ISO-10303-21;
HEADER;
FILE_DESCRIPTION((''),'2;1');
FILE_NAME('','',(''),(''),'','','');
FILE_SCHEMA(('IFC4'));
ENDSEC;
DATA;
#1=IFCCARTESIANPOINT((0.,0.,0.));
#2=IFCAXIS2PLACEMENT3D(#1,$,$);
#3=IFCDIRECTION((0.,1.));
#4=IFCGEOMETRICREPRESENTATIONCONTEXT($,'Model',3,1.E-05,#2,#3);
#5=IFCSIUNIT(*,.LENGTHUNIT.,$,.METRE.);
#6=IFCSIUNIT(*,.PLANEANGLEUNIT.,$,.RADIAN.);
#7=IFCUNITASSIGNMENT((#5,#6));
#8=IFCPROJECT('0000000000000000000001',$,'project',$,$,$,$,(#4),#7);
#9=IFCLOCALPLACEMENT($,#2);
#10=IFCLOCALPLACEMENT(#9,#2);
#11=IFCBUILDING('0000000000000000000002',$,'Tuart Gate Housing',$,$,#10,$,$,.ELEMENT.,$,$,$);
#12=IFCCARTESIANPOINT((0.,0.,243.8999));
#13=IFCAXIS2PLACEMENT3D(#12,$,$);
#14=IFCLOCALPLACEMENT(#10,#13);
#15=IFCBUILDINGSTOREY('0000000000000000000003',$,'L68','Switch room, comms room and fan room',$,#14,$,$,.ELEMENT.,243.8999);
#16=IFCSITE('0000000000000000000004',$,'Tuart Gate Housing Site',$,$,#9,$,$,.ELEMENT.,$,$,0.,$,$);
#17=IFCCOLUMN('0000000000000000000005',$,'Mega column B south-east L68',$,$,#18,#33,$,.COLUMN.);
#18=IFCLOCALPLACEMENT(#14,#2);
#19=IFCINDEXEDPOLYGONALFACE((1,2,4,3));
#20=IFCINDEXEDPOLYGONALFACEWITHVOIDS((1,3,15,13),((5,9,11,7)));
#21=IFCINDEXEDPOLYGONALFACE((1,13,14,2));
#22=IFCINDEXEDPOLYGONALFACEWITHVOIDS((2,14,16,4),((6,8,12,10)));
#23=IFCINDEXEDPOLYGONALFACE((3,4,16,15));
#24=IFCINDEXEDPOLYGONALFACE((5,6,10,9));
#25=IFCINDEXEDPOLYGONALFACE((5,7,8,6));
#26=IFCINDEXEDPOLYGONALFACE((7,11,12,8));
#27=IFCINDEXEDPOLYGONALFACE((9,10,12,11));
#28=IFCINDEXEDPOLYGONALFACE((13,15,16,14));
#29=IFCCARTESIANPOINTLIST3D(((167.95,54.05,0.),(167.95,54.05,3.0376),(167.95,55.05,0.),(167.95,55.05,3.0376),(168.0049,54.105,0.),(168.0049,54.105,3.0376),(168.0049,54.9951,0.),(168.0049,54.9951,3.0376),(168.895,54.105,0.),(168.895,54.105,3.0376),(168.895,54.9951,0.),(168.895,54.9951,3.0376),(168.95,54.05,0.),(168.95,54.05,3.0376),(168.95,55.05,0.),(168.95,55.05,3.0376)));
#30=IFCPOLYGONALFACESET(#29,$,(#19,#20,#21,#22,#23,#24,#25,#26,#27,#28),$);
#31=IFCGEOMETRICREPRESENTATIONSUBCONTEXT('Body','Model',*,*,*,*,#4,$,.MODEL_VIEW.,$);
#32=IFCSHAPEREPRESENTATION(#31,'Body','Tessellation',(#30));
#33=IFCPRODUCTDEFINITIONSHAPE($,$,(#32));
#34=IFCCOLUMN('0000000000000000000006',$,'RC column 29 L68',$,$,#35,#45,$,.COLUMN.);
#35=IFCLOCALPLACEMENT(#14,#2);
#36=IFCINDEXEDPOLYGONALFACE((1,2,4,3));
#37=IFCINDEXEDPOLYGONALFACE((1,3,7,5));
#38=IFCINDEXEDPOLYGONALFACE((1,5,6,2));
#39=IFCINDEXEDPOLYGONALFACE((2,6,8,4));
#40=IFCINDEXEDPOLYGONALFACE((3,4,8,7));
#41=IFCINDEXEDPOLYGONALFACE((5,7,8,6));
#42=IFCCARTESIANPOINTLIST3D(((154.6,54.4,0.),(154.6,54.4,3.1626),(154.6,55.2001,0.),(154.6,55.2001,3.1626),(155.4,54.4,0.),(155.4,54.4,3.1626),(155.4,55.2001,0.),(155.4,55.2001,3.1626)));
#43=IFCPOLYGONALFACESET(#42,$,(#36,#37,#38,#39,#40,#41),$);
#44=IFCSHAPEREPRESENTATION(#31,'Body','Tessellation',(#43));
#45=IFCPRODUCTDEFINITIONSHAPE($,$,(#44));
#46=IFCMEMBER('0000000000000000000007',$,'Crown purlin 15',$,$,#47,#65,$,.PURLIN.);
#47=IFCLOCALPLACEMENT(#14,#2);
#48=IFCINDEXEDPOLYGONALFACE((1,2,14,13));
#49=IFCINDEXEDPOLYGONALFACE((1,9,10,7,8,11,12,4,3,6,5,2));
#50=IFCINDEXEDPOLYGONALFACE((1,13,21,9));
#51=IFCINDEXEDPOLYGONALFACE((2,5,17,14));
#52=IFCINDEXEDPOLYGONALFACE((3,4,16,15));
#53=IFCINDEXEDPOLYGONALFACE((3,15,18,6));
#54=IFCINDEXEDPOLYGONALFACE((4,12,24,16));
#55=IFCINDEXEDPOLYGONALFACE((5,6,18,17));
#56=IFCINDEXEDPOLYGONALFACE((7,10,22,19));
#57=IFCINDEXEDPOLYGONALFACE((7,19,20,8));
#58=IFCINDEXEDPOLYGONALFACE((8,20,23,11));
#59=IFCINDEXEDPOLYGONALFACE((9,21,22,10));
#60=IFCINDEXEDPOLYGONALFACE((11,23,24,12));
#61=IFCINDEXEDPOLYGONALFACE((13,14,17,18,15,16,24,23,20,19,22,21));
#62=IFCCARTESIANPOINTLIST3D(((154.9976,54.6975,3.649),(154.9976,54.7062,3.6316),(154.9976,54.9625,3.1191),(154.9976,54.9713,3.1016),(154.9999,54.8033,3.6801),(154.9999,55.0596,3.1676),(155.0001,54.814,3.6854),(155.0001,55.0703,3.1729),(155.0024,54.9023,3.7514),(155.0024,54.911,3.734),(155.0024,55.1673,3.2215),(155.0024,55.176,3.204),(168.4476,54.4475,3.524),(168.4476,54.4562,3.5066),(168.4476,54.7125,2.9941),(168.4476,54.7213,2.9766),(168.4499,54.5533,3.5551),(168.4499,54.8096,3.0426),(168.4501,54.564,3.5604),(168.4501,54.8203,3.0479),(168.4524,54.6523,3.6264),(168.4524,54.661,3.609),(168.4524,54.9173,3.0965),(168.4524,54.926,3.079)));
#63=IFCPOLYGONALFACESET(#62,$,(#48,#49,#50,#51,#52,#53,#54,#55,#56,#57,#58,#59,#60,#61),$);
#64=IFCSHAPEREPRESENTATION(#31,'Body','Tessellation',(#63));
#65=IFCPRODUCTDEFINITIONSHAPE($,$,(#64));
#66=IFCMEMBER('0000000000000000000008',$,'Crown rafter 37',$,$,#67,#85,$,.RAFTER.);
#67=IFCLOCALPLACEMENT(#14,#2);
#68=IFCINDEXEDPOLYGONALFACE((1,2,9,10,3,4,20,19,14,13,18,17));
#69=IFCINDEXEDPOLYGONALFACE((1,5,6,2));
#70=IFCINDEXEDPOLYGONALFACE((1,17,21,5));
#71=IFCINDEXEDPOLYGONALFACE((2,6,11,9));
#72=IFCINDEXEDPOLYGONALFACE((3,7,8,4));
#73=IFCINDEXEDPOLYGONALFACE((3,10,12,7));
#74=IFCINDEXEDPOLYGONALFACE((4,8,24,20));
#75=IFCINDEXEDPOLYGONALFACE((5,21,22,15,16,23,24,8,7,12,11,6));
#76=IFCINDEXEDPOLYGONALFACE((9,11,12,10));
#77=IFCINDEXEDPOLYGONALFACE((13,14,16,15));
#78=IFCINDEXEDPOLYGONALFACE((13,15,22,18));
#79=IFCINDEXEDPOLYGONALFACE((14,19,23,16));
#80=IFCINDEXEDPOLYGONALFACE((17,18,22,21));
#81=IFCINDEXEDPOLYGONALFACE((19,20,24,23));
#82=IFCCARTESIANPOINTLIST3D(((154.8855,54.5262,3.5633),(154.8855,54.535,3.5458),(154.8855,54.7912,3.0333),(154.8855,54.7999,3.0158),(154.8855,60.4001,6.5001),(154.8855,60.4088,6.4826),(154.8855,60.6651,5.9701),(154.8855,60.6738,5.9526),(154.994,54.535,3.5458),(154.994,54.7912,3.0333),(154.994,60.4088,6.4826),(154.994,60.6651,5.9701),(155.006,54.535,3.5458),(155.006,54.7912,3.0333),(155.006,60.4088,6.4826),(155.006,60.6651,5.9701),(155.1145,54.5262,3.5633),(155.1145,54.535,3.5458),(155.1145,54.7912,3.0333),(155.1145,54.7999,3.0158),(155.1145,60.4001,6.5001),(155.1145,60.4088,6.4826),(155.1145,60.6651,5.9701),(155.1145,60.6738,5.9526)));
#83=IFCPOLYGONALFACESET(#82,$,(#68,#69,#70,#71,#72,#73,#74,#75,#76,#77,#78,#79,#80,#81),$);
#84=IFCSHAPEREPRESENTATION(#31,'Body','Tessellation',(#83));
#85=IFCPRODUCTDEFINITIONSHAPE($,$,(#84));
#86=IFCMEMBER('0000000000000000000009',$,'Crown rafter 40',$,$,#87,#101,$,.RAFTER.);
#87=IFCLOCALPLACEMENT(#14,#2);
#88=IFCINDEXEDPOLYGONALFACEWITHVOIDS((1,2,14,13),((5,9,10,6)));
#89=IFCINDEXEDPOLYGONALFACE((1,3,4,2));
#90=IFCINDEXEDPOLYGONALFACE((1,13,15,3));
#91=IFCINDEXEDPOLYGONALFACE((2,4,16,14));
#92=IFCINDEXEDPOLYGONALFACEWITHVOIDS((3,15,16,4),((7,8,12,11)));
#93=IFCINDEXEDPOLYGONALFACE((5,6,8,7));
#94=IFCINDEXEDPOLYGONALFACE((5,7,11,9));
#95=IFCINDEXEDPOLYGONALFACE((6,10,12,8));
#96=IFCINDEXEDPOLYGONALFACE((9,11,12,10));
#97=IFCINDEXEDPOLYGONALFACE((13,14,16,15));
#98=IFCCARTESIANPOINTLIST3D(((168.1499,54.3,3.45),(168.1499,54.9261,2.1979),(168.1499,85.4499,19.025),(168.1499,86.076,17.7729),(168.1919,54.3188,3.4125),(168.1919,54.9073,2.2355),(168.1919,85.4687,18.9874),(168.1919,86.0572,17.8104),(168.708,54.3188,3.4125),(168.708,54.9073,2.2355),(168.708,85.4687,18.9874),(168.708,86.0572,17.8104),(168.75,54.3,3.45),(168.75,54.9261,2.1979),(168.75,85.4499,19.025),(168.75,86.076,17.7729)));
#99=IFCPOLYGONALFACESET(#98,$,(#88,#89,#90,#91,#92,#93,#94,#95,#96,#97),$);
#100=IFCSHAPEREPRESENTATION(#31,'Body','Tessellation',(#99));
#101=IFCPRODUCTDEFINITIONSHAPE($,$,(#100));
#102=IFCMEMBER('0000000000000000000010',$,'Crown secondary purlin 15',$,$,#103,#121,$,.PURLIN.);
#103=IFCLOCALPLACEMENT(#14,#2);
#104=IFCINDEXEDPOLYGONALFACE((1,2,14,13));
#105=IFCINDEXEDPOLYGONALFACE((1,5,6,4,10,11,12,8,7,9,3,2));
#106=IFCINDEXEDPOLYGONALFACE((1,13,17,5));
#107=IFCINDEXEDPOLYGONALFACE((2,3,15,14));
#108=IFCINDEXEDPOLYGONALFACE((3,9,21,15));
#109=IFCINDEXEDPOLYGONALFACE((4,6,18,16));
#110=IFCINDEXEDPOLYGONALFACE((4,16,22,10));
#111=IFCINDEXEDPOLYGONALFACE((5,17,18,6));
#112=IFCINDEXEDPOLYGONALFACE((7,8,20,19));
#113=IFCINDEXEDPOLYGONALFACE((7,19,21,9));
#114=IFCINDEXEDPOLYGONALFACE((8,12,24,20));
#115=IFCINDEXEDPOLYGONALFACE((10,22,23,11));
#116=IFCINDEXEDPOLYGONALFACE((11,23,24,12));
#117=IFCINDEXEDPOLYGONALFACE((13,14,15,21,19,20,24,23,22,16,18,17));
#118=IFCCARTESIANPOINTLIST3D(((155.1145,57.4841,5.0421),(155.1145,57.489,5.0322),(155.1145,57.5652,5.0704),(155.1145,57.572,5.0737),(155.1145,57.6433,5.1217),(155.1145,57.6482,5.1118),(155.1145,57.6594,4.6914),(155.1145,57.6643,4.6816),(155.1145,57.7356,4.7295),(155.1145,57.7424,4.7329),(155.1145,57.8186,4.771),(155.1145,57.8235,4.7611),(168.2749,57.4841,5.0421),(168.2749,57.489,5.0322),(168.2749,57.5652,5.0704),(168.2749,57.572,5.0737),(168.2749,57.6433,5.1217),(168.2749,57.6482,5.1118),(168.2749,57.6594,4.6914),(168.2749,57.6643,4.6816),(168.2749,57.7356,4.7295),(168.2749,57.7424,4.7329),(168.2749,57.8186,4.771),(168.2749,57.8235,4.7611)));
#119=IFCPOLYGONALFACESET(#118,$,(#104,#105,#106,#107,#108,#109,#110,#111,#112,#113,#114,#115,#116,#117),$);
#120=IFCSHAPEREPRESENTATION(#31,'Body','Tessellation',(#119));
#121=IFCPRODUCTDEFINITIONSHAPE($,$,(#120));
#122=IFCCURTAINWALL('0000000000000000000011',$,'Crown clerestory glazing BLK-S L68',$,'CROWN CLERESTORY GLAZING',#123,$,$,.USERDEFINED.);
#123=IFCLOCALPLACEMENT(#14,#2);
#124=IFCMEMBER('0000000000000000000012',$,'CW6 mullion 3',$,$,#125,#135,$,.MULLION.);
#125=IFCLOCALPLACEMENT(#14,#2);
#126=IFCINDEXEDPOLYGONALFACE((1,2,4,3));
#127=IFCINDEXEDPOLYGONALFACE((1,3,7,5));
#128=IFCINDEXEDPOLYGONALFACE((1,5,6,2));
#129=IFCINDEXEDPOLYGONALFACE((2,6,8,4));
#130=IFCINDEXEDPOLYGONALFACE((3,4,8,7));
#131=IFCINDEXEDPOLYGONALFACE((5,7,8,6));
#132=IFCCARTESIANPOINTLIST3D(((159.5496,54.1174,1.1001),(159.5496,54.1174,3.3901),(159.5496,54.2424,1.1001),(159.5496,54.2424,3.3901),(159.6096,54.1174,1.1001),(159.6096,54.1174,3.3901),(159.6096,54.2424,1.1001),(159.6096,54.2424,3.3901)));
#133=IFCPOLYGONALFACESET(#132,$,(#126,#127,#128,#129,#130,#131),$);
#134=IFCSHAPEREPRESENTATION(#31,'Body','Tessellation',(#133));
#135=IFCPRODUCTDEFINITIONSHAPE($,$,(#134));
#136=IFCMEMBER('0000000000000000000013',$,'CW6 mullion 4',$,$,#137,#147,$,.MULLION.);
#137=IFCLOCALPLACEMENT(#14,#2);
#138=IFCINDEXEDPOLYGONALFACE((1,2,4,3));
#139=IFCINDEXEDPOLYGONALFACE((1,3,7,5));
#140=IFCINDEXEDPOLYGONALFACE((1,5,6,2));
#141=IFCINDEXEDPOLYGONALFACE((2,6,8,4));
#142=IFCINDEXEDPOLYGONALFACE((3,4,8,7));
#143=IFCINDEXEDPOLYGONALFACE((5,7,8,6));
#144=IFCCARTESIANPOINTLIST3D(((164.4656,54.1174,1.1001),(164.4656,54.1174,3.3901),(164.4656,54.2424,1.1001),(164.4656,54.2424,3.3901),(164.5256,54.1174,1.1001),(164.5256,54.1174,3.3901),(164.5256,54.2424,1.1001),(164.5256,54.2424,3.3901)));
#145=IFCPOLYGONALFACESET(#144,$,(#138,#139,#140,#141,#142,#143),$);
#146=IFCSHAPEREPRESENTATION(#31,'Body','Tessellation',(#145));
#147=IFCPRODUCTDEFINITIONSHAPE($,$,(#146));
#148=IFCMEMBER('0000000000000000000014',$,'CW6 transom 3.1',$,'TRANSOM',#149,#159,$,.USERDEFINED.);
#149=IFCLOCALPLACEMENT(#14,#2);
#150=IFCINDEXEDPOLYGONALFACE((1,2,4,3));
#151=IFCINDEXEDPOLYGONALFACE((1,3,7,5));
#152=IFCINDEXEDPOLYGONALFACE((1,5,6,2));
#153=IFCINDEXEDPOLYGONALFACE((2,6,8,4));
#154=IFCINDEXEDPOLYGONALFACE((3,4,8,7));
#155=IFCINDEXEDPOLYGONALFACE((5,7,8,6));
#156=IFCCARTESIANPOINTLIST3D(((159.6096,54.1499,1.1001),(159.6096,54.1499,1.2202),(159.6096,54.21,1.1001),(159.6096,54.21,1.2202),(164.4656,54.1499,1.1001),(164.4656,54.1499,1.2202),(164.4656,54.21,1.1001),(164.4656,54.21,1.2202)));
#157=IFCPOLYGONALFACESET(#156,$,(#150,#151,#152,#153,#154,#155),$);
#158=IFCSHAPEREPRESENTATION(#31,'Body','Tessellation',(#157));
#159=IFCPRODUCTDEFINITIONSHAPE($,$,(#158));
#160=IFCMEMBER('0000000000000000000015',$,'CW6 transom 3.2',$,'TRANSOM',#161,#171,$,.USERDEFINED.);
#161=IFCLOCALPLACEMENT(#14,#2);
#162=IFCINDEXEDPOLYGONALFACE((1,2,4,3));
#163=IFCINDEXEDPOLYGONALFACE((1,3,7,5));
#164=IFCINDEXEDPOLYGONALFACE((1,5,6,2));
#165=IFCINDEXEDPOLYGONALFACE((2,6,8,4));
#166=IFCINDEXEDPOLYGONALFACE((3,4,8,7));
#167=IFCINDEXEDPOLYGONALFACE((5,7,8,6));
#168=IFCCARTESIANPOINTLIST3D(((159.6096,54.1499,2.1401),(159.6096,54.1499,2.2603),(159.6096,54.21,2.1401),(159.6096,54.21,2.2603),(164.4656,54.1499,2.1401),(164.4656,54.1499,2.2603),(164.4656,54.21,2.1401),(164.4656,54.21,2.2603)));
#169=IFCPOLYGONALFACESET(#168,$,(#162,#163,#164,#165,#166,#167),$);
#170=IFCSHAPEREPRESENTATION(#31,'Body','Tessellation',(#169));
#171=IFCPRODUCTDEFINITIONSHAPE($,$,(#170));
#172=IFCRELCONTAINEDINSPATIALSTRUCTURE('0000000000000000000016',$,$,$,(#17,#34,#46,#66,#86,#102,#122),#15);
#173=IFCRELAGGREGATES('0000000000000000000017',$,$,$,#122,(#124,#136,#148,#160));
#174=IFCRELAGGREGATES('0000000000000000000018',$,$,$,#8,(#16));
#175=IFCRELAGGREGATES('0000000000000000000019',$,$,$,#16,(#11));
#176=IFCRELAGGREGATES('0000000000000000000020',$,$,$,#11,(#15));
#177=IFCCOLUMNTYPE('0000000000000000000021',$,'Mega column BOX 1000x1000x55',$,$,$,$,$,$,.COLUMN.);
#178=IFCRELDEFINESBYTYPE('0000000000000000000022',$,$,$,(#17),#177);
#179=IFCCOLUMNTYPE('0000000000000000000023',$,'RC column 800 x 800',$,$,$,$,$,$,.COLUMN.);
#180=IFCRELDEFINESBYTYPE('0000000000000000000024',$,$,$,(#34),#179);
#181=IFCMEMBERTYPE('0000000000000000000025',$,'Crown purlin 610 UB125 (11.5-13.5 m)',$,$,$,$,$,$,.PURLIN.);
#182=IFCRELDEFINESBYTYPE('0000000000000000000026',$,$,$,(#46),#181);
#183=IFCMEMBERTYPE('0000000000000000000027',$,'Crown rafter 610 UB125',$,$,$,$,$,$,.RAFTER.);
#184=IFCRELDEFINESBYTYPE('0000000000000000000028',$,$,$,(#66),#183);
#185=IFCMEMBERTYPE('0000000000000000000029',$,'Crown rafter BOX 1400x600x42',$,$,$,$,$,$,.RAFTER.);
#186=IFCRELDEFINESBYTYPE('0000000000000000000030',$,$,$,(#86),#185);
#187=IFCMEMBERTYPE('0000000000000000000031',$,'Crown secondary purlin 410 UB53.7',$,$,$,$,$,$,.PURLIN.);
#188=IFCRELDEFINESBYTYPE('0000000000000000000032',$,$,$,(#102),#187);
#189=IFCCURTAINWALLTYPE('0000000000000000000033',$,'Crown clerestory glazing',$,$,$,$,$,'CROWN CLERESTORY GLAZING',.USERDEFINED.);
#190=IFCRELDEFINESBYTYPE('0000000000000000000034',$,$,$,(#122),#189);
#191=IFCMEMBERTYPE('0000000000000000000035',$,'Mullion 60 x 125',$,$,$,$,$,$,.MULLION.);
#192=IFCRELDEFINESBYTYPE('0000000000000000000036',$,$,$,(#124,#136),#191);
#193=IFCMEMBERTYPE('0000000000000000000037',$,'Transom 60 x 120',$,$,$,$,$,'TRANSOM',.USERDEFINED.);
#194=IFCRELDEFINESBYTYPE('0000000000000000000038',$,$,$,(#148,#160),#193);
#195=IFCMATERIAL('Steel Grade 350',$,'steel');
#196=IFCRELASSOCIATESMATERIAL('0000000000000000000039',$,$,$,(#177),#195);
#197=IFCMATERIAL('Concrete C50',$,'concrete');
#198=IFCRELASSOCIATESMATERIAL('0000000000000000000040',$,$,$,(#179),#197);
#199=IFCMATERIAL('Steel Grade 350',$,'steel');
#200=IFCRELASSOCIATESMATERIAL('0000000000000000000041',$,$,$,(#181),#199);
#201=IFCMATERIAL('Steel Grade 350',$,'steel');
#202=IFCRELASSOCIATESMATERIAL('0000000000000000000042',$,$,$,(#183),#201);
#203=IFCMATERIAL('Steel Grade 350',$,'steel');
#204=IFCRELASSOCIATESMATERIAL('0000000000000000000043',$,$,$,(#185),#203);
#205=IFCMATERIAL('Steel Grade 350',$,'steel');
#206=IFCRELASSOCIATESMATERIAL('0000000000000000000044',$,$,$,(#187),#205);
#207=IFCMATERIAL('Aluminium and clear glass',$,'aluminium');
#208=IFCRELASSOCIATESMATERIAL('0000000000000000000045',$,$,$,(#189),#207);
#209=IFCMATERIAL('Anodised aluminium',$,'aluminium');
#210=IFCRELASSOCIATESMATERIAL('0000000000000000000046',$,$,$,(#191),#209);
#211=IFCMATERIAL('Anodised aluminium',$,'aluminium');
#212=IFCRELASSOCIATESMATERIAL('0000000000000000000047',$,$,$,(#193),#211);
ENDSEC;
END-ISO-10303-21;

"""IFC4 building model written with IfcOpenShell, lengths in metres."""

from ifc_helpers import new_model, si_unit, direction, frame, origin, origin_2d, place, context, subcontext, project, spatial, rectangle, hollow_rectangle, i_section, extrude, material, material_profile, profile_set, type_object, element, aggregate, save


model = new_model("IFC4")

# Units and contexts
model_context = context("Model", 3, precision=1e-05, world=origin(), true_north=direction((0.0, 1.0)))
body_context = subcontext(model_context, "Body", "Model", "MODEL_VIEW")
ifc_project = project(units=[si_unit("LENGTHUNIT", "METRE"), si_unit("PLANEANGLEUNIT", "RADIAN")], contexts=[model_context])

# Site, building, storey
site_placement = place(None, origin())
site = spatial("IfcSite", under=ifc_project, at=site_placement, Name="Tuart Gate Housing Site", CompositionType="ELEMENT", RefElevation=0.0)
building_placement = place(site_placement, origin())
building = spatial("IfcBuilding", under=site, at=building_placement, Name="Tuart Gate Housing", CompositionType="ELEMENT")
storey_placement = place(building_placement, frame((0.0, 0.0, 243.8999)))
storey = spatial("IfcBuildingStorey", under=building, at=storey_placement, Name="L68", Description="Switch room, comms room and fan room", CompositionType="ELEMENT", Elevation=243.8999)

# Columns
ifc_material_1 = material(Name="Steel Grade 350", Category="steel")
ifc_material_profile_1 = material_profile(ifc_material_1, hollow_rectangle(XDim=1.0, YDim=1.0, WallThickness=0.0549, at=origin_2d()), Name="BOX 1000x1000x55")
ifc_profile_set_1 = profile_set([ifc_material_profile_1], Name="Steel Grade 350")
column_type_1 = type_object("IfcColumnType", Name="Mega column BOX 1000x1000x55", PredefinedType="COLUMN", material=ifc_profile_set_1)
column_1_placement = place(storey_placement, frame((168.45, 54.55, 0.0), z_axis=(0.0, 0.0, 1.0), x_axis=(1.0, 0.0, 0.0)))
element("IfcColumn", 1, at=column_1_placement, inside=storey, type_object=column_type_1, Name="Mega column B south-east L68", PredefinedType="COLUMN", context=body_context, shape_type="SweptSolid", body=[
    extrude(hollow_rectangle(XDim=1.0, YDim=1.0, WallThickness=0.0549, at=origin_2d()), origin(), (0.0, 0.0, 1.0), 3.0376),
])
ifc_material_2 = material(Name="Concrete C50", Category="concrete")
ifc_material_profile_2 = material_profile(ifc_material_2, rectangle(XDim=0.8, YDim=0.8, at=origin_2d()), Name="RC column 800 x 800")
ifc_profile_set_2 = profile_set([ifc_material_profile_2], Name="Concrete C50")
column_type_2 = type_object("IfcColumnType", Name="RC column 800 x 800", PredefinedType="COLUMN", material=ifc_profile_set_2)
column_2_placement = place(storey_placement, frame((155.0, 54.8, 0.0), z_axis=(0.0, 0.0, 1.0), x_axis=(1.0, 0.0, 0.0)))
element("IfcColumn", 2, at=column_2_placement, inside=storey, type_object=column_type_2, Name="RC column 29 L68", PredefinedType="COLUMN", context=body_context, shape_type="SweptSolid", body=[
    extrude(rectangle(XDim=0.8, YDim=0.8, at=origin_2d()), origin(), (0.0, 0.0, 1.0), 3.1626),
])

# Members
ifc_material_3 = material(Name="Steel Grade 350", Category="steel")
ifc_material_profile_3 = material_profile(ifc_material_3, i_section(OverallWidth=0.229, OverallDepth=0.6121, WebThickness=0.012, FlangeThickness=0.0195, at=origin_2d()), Name="610UB125")
ifc_profile_set_3 = profile_set([ifc_material_profile_3], Name="Steel Grade 350")
member_type_1 = type_object("IfcMemberType", Name="Crown purlin 610 UB125 (11.5-13.5 m)", PredefinedType="PURLIN", material=ifc_profile_set_3)
member_1_placement = place(storey_placement, frame((155.0, 54.9368, 3.4265), z_axis=(0.999784, -0.018583, -0.009292), x_axis=(0.020777, 0.894195, 0.447195)))
element("IfcMember", 3, at=member_1_placement, inside=storey, type_object=member_type_1, Name="Crown purlin 15", PredefinedType="PURLIN", context=body_context, shape_type="SweptSolid", body=[
    extrude(i_section(OverallWidth=0.229, OverallDepth=0.6121, WebThickness=0.012, FlangeThickness=0.0195, at=origin_2d()), origin(), (0.0, 0.0, 1.0), 13.4529),
])
ifc_material_4 = material(Name="Steel Grade 350", Category="steel")
ifc_material_profile_4 = material_profile(ifc_material_4, i_section(OverallWidth=0.229, OverallDepth=0.6121, WebThickness=0.012, FlangeThickness=0.0195, at=origin_2d()), Name="610UB125")
ifc_profile_set_4 = profile_set([ifc_material_profile_4], Name="Steel Grade 350")
member_type_2 = type_object("IfcMemberType", Name="Crown rafter 610 UB125", PredefinedType="RAFTER", material=ifc_profile_set_4)
member_2_placement = place(storey_placement, frame((155.0, 54.6631, 3.2896), z_axis=(0.0, 0.894435, 0.447199), x_axis=(-1.0, 0.0, 0.0)))
element("IfcMember", 4, at=member_2_placement, inside=storey, type_object=member_type_2, Name="Crown rafter 37", PredefinedType="RAFTER", context=body_context, shape_type="SweptSolid", body=[
    extrude(i_section(OverallWidth=0.229, OverallDepth=0.6121, WebThickness=0.012, FlangeThickness=0.0195, at=origin_2d()), origin(), (0.0, 0.0, 1.0), 6.5671),
])
ifc_material_5 = material(Name="Steel Grade 350", Category="steel")
ifc_material_profile_5 = material_profile(ifc_material_5, hollow_rectangle(XDim=0.6001, YDim=1.3999, WallThickness=0.042, at=origin_2d()), Name="BOX 1400x600x42")
ifc_profile_set_5 = profile_set([ifc_material_profile_5], Name="Steel Grade 350")
member_type_3 = type_object("IfcMemberType", Name="Crown rafter BOX 1400x600x42", PredefinedType="RAFTER", material=ifc_profile_set_5)
member_3_placement = place(storey_placement, frame((168.45, 54.613, 2.824), z_axis=(0.0, 0.894427, 0.447214), x_axis=(-1.0, 0.0, 0.0)))
element("IfcMember", 5, at=member_3_placement, inside=storey, type_object=member_type_3, Name="Crown rafter 40", PredefinedType="RAFTER", context=body_context, shape_type="SweptSolid", body=[
    extrude(hollow_rectangle(XDim=0.6001, YDim=1.3999, WallThickness=0.042, at=origin_2d()), origin(), (0.0, 0.0, 1.0), 34.8267),
])
ifc_material_6 = material(Name="Steel Grade 350", Category="steel")
ifc_material_profile_6 = material_profile(ifc_material_6, i_section(OverallWidth=0.178, OverallDepth=0.4031, WebThickness=0.0076, FlangeThickness=0.011, at=origin_2d()), Name="410UB53.7")
ifc_profile_set_6 = profile_set([ifc_material_profile_6], Name="Steel Grade 350")
member_type_4 = type_object("IfcMemberType", Name="Crown secondary purlin 410 UB53.7", PredefinedType="PURLIN", material=ifc_profile_set_6)
member_4_placement = place(storey_placement, frame((155.1145, 57.6538, 4.9016), z_axis=(1.0, 0.0, 0.0), x_axis=(0.0, 0.894427, 0.447214)))
element("IfcMember", 6, at=member_4_placement, inside=storey, type_object=member_type_4, Name="Crown secondary purlin 15", PredefinedType="PURLIN", context=body_context, shape_type="SweptSolid", body=[
    extrude(i_section(OverallWidth=0.178, OverallDepth=0.4031, WebThickness=0.0076, FlangeThickness=0.011, at=origin_2d()), origin(), (0.0, 0.0, 1.0), 13.1604),
])

# Curtain wall, members
ifc_material_7 = material(Name="Aluminium and clear glass", Category="aluminium")
curtain_wall_type = type_object("IfcCurtainWallType", Name="Crown clerestory glazing", ElementType="CROWN CLERESTORY GLAZING", PredefinedType="USERDEFINED", material=ifc_material_7)
curtain_wall_placement = place(storey_placement, origin())
curtain_wall = element("IfcCurtainWall", 7, at=curtain_wall_placement, inside=storey, type_object=curtain_wall_type, Name="Crown clerestory glazing BLK-S L68", ObjectType="CROWN CLERESTORY GLAZING", PredefinedType="USERDEFINED")
ifc_material_8 = material(Name="Anodised aluminium", Category="aluminium")
ifc_material_profile_7 = material_profile(ifc_material_8, rectangle(XDim=0.0601, YDim=0.125, at=origin_2d()), Name="60x125")
ifc_profile_set_7 = profile_set([ifc_material_profile_7], Name="Anodised aluminium")
member_type_5 = type_object("IfcMemberType", Name="Mullion 60 x 125", PredefinedType="MULLION", material=ifc_profile_set_7)
member_5_placement = place(storey_placement, frame((159.5796, 54.1799, 1.1001), z_axis=(0.0, 0.0, 1.0), x_axis=(1.0, 0.0, 0.0)))
member_5 = element("IfcMember", 8, at=member_5_placement, type_object=member_type_5, Name="CW6 mullion 3", PredefinedType="MULLION", context=body_context, shape_type="SweptSolid", body=[
    extrude(rectangle(XDim=0.0601, YDim=0.125, at=origin_2d()), origin(), (0.0, 0.0, 1.0), 2.29),
])
member_6_placement = place(storey_placement, frame((164.4956, 54.1799, 1.1001), z_axis=(0.0, 0.0, 1.0), x_axis=(1.0, 0.0, 0.0)))
member_6 = element("IfcMember", 9, at=member_6_placement, type_object=member_type_5, Name="CW6 mullion 4", PredefinedType="MULLION", context=body_context, shape_type="SweptSolid", body=[
    extrude(rectangle(XDim=0.0601, YDim=0.125, at=origin_2d()), origin(), (0.0, 0.0, 1.0), 2.29),
])
ifc_material_9 = material(Name="Anodised aluminium", Category="aluminium")
ifc_material_profile_8 = material_profile(ifc_material_9, rectangle(XDim=0.0601, YDim=0.1201, at=origin_2d()), Name="60x120")
ifc_profile_set_8 = profile_set([ifc_material_profile_8], Name="Anodised aluminium")
member_type_6 = type_object("IfcMemberType", Name="Transom 60 x 120", ElementType="TRANSOM", PredefinedType="USERDEFINED", material=ifc_profile_set_8)
member_7_placement = place(storey_placement, frame((159.6096, 54.1799, 1.1602), z_axis=(1.0, 0.0, 0.0), x_axis=(0.0, 1.0, 0.0)))
member_7 = element("IfcMember", 10, at=member_7_placement, type_object=member_type_6, Name="CW6 transom 3.1", ObjectType="TRANSOM", PredefinedType="USERDEFINED", context=body_context, shape_type="SweptSolid", body=[
    extrude(rectangle(XDim=0.0601, YDim=0.1201, at=origin_2d()), origin(), (0.0, 0.0, 1.0), 4.856),
])
member_8_placement = place(storey_placement, frame((159.6096, 54.1799, 2.2002), z_axis=(1.0, 0.0, 0.0), x_axis=(0.0, 1.0, 0.0)))
member_8 = element("IfcMember", 11, at=member_8_placement, type_object=member_type_6, Name="CW6 transom 3.2", ObjectType="TRANSOM", PredefinedType="USERDEFINED", context=body_context, shape_type="SweptSolid", body=[
    extrude(rectangle(XDim=0.0601, YDim=0.1201, at=origin_2d()), origin(), (0.0, 0.0, 1.0), 4.856),
])
aggregate(curtain_wall, [member_5, member_6, member_7, member_8])

save(model, "model.ifc")
